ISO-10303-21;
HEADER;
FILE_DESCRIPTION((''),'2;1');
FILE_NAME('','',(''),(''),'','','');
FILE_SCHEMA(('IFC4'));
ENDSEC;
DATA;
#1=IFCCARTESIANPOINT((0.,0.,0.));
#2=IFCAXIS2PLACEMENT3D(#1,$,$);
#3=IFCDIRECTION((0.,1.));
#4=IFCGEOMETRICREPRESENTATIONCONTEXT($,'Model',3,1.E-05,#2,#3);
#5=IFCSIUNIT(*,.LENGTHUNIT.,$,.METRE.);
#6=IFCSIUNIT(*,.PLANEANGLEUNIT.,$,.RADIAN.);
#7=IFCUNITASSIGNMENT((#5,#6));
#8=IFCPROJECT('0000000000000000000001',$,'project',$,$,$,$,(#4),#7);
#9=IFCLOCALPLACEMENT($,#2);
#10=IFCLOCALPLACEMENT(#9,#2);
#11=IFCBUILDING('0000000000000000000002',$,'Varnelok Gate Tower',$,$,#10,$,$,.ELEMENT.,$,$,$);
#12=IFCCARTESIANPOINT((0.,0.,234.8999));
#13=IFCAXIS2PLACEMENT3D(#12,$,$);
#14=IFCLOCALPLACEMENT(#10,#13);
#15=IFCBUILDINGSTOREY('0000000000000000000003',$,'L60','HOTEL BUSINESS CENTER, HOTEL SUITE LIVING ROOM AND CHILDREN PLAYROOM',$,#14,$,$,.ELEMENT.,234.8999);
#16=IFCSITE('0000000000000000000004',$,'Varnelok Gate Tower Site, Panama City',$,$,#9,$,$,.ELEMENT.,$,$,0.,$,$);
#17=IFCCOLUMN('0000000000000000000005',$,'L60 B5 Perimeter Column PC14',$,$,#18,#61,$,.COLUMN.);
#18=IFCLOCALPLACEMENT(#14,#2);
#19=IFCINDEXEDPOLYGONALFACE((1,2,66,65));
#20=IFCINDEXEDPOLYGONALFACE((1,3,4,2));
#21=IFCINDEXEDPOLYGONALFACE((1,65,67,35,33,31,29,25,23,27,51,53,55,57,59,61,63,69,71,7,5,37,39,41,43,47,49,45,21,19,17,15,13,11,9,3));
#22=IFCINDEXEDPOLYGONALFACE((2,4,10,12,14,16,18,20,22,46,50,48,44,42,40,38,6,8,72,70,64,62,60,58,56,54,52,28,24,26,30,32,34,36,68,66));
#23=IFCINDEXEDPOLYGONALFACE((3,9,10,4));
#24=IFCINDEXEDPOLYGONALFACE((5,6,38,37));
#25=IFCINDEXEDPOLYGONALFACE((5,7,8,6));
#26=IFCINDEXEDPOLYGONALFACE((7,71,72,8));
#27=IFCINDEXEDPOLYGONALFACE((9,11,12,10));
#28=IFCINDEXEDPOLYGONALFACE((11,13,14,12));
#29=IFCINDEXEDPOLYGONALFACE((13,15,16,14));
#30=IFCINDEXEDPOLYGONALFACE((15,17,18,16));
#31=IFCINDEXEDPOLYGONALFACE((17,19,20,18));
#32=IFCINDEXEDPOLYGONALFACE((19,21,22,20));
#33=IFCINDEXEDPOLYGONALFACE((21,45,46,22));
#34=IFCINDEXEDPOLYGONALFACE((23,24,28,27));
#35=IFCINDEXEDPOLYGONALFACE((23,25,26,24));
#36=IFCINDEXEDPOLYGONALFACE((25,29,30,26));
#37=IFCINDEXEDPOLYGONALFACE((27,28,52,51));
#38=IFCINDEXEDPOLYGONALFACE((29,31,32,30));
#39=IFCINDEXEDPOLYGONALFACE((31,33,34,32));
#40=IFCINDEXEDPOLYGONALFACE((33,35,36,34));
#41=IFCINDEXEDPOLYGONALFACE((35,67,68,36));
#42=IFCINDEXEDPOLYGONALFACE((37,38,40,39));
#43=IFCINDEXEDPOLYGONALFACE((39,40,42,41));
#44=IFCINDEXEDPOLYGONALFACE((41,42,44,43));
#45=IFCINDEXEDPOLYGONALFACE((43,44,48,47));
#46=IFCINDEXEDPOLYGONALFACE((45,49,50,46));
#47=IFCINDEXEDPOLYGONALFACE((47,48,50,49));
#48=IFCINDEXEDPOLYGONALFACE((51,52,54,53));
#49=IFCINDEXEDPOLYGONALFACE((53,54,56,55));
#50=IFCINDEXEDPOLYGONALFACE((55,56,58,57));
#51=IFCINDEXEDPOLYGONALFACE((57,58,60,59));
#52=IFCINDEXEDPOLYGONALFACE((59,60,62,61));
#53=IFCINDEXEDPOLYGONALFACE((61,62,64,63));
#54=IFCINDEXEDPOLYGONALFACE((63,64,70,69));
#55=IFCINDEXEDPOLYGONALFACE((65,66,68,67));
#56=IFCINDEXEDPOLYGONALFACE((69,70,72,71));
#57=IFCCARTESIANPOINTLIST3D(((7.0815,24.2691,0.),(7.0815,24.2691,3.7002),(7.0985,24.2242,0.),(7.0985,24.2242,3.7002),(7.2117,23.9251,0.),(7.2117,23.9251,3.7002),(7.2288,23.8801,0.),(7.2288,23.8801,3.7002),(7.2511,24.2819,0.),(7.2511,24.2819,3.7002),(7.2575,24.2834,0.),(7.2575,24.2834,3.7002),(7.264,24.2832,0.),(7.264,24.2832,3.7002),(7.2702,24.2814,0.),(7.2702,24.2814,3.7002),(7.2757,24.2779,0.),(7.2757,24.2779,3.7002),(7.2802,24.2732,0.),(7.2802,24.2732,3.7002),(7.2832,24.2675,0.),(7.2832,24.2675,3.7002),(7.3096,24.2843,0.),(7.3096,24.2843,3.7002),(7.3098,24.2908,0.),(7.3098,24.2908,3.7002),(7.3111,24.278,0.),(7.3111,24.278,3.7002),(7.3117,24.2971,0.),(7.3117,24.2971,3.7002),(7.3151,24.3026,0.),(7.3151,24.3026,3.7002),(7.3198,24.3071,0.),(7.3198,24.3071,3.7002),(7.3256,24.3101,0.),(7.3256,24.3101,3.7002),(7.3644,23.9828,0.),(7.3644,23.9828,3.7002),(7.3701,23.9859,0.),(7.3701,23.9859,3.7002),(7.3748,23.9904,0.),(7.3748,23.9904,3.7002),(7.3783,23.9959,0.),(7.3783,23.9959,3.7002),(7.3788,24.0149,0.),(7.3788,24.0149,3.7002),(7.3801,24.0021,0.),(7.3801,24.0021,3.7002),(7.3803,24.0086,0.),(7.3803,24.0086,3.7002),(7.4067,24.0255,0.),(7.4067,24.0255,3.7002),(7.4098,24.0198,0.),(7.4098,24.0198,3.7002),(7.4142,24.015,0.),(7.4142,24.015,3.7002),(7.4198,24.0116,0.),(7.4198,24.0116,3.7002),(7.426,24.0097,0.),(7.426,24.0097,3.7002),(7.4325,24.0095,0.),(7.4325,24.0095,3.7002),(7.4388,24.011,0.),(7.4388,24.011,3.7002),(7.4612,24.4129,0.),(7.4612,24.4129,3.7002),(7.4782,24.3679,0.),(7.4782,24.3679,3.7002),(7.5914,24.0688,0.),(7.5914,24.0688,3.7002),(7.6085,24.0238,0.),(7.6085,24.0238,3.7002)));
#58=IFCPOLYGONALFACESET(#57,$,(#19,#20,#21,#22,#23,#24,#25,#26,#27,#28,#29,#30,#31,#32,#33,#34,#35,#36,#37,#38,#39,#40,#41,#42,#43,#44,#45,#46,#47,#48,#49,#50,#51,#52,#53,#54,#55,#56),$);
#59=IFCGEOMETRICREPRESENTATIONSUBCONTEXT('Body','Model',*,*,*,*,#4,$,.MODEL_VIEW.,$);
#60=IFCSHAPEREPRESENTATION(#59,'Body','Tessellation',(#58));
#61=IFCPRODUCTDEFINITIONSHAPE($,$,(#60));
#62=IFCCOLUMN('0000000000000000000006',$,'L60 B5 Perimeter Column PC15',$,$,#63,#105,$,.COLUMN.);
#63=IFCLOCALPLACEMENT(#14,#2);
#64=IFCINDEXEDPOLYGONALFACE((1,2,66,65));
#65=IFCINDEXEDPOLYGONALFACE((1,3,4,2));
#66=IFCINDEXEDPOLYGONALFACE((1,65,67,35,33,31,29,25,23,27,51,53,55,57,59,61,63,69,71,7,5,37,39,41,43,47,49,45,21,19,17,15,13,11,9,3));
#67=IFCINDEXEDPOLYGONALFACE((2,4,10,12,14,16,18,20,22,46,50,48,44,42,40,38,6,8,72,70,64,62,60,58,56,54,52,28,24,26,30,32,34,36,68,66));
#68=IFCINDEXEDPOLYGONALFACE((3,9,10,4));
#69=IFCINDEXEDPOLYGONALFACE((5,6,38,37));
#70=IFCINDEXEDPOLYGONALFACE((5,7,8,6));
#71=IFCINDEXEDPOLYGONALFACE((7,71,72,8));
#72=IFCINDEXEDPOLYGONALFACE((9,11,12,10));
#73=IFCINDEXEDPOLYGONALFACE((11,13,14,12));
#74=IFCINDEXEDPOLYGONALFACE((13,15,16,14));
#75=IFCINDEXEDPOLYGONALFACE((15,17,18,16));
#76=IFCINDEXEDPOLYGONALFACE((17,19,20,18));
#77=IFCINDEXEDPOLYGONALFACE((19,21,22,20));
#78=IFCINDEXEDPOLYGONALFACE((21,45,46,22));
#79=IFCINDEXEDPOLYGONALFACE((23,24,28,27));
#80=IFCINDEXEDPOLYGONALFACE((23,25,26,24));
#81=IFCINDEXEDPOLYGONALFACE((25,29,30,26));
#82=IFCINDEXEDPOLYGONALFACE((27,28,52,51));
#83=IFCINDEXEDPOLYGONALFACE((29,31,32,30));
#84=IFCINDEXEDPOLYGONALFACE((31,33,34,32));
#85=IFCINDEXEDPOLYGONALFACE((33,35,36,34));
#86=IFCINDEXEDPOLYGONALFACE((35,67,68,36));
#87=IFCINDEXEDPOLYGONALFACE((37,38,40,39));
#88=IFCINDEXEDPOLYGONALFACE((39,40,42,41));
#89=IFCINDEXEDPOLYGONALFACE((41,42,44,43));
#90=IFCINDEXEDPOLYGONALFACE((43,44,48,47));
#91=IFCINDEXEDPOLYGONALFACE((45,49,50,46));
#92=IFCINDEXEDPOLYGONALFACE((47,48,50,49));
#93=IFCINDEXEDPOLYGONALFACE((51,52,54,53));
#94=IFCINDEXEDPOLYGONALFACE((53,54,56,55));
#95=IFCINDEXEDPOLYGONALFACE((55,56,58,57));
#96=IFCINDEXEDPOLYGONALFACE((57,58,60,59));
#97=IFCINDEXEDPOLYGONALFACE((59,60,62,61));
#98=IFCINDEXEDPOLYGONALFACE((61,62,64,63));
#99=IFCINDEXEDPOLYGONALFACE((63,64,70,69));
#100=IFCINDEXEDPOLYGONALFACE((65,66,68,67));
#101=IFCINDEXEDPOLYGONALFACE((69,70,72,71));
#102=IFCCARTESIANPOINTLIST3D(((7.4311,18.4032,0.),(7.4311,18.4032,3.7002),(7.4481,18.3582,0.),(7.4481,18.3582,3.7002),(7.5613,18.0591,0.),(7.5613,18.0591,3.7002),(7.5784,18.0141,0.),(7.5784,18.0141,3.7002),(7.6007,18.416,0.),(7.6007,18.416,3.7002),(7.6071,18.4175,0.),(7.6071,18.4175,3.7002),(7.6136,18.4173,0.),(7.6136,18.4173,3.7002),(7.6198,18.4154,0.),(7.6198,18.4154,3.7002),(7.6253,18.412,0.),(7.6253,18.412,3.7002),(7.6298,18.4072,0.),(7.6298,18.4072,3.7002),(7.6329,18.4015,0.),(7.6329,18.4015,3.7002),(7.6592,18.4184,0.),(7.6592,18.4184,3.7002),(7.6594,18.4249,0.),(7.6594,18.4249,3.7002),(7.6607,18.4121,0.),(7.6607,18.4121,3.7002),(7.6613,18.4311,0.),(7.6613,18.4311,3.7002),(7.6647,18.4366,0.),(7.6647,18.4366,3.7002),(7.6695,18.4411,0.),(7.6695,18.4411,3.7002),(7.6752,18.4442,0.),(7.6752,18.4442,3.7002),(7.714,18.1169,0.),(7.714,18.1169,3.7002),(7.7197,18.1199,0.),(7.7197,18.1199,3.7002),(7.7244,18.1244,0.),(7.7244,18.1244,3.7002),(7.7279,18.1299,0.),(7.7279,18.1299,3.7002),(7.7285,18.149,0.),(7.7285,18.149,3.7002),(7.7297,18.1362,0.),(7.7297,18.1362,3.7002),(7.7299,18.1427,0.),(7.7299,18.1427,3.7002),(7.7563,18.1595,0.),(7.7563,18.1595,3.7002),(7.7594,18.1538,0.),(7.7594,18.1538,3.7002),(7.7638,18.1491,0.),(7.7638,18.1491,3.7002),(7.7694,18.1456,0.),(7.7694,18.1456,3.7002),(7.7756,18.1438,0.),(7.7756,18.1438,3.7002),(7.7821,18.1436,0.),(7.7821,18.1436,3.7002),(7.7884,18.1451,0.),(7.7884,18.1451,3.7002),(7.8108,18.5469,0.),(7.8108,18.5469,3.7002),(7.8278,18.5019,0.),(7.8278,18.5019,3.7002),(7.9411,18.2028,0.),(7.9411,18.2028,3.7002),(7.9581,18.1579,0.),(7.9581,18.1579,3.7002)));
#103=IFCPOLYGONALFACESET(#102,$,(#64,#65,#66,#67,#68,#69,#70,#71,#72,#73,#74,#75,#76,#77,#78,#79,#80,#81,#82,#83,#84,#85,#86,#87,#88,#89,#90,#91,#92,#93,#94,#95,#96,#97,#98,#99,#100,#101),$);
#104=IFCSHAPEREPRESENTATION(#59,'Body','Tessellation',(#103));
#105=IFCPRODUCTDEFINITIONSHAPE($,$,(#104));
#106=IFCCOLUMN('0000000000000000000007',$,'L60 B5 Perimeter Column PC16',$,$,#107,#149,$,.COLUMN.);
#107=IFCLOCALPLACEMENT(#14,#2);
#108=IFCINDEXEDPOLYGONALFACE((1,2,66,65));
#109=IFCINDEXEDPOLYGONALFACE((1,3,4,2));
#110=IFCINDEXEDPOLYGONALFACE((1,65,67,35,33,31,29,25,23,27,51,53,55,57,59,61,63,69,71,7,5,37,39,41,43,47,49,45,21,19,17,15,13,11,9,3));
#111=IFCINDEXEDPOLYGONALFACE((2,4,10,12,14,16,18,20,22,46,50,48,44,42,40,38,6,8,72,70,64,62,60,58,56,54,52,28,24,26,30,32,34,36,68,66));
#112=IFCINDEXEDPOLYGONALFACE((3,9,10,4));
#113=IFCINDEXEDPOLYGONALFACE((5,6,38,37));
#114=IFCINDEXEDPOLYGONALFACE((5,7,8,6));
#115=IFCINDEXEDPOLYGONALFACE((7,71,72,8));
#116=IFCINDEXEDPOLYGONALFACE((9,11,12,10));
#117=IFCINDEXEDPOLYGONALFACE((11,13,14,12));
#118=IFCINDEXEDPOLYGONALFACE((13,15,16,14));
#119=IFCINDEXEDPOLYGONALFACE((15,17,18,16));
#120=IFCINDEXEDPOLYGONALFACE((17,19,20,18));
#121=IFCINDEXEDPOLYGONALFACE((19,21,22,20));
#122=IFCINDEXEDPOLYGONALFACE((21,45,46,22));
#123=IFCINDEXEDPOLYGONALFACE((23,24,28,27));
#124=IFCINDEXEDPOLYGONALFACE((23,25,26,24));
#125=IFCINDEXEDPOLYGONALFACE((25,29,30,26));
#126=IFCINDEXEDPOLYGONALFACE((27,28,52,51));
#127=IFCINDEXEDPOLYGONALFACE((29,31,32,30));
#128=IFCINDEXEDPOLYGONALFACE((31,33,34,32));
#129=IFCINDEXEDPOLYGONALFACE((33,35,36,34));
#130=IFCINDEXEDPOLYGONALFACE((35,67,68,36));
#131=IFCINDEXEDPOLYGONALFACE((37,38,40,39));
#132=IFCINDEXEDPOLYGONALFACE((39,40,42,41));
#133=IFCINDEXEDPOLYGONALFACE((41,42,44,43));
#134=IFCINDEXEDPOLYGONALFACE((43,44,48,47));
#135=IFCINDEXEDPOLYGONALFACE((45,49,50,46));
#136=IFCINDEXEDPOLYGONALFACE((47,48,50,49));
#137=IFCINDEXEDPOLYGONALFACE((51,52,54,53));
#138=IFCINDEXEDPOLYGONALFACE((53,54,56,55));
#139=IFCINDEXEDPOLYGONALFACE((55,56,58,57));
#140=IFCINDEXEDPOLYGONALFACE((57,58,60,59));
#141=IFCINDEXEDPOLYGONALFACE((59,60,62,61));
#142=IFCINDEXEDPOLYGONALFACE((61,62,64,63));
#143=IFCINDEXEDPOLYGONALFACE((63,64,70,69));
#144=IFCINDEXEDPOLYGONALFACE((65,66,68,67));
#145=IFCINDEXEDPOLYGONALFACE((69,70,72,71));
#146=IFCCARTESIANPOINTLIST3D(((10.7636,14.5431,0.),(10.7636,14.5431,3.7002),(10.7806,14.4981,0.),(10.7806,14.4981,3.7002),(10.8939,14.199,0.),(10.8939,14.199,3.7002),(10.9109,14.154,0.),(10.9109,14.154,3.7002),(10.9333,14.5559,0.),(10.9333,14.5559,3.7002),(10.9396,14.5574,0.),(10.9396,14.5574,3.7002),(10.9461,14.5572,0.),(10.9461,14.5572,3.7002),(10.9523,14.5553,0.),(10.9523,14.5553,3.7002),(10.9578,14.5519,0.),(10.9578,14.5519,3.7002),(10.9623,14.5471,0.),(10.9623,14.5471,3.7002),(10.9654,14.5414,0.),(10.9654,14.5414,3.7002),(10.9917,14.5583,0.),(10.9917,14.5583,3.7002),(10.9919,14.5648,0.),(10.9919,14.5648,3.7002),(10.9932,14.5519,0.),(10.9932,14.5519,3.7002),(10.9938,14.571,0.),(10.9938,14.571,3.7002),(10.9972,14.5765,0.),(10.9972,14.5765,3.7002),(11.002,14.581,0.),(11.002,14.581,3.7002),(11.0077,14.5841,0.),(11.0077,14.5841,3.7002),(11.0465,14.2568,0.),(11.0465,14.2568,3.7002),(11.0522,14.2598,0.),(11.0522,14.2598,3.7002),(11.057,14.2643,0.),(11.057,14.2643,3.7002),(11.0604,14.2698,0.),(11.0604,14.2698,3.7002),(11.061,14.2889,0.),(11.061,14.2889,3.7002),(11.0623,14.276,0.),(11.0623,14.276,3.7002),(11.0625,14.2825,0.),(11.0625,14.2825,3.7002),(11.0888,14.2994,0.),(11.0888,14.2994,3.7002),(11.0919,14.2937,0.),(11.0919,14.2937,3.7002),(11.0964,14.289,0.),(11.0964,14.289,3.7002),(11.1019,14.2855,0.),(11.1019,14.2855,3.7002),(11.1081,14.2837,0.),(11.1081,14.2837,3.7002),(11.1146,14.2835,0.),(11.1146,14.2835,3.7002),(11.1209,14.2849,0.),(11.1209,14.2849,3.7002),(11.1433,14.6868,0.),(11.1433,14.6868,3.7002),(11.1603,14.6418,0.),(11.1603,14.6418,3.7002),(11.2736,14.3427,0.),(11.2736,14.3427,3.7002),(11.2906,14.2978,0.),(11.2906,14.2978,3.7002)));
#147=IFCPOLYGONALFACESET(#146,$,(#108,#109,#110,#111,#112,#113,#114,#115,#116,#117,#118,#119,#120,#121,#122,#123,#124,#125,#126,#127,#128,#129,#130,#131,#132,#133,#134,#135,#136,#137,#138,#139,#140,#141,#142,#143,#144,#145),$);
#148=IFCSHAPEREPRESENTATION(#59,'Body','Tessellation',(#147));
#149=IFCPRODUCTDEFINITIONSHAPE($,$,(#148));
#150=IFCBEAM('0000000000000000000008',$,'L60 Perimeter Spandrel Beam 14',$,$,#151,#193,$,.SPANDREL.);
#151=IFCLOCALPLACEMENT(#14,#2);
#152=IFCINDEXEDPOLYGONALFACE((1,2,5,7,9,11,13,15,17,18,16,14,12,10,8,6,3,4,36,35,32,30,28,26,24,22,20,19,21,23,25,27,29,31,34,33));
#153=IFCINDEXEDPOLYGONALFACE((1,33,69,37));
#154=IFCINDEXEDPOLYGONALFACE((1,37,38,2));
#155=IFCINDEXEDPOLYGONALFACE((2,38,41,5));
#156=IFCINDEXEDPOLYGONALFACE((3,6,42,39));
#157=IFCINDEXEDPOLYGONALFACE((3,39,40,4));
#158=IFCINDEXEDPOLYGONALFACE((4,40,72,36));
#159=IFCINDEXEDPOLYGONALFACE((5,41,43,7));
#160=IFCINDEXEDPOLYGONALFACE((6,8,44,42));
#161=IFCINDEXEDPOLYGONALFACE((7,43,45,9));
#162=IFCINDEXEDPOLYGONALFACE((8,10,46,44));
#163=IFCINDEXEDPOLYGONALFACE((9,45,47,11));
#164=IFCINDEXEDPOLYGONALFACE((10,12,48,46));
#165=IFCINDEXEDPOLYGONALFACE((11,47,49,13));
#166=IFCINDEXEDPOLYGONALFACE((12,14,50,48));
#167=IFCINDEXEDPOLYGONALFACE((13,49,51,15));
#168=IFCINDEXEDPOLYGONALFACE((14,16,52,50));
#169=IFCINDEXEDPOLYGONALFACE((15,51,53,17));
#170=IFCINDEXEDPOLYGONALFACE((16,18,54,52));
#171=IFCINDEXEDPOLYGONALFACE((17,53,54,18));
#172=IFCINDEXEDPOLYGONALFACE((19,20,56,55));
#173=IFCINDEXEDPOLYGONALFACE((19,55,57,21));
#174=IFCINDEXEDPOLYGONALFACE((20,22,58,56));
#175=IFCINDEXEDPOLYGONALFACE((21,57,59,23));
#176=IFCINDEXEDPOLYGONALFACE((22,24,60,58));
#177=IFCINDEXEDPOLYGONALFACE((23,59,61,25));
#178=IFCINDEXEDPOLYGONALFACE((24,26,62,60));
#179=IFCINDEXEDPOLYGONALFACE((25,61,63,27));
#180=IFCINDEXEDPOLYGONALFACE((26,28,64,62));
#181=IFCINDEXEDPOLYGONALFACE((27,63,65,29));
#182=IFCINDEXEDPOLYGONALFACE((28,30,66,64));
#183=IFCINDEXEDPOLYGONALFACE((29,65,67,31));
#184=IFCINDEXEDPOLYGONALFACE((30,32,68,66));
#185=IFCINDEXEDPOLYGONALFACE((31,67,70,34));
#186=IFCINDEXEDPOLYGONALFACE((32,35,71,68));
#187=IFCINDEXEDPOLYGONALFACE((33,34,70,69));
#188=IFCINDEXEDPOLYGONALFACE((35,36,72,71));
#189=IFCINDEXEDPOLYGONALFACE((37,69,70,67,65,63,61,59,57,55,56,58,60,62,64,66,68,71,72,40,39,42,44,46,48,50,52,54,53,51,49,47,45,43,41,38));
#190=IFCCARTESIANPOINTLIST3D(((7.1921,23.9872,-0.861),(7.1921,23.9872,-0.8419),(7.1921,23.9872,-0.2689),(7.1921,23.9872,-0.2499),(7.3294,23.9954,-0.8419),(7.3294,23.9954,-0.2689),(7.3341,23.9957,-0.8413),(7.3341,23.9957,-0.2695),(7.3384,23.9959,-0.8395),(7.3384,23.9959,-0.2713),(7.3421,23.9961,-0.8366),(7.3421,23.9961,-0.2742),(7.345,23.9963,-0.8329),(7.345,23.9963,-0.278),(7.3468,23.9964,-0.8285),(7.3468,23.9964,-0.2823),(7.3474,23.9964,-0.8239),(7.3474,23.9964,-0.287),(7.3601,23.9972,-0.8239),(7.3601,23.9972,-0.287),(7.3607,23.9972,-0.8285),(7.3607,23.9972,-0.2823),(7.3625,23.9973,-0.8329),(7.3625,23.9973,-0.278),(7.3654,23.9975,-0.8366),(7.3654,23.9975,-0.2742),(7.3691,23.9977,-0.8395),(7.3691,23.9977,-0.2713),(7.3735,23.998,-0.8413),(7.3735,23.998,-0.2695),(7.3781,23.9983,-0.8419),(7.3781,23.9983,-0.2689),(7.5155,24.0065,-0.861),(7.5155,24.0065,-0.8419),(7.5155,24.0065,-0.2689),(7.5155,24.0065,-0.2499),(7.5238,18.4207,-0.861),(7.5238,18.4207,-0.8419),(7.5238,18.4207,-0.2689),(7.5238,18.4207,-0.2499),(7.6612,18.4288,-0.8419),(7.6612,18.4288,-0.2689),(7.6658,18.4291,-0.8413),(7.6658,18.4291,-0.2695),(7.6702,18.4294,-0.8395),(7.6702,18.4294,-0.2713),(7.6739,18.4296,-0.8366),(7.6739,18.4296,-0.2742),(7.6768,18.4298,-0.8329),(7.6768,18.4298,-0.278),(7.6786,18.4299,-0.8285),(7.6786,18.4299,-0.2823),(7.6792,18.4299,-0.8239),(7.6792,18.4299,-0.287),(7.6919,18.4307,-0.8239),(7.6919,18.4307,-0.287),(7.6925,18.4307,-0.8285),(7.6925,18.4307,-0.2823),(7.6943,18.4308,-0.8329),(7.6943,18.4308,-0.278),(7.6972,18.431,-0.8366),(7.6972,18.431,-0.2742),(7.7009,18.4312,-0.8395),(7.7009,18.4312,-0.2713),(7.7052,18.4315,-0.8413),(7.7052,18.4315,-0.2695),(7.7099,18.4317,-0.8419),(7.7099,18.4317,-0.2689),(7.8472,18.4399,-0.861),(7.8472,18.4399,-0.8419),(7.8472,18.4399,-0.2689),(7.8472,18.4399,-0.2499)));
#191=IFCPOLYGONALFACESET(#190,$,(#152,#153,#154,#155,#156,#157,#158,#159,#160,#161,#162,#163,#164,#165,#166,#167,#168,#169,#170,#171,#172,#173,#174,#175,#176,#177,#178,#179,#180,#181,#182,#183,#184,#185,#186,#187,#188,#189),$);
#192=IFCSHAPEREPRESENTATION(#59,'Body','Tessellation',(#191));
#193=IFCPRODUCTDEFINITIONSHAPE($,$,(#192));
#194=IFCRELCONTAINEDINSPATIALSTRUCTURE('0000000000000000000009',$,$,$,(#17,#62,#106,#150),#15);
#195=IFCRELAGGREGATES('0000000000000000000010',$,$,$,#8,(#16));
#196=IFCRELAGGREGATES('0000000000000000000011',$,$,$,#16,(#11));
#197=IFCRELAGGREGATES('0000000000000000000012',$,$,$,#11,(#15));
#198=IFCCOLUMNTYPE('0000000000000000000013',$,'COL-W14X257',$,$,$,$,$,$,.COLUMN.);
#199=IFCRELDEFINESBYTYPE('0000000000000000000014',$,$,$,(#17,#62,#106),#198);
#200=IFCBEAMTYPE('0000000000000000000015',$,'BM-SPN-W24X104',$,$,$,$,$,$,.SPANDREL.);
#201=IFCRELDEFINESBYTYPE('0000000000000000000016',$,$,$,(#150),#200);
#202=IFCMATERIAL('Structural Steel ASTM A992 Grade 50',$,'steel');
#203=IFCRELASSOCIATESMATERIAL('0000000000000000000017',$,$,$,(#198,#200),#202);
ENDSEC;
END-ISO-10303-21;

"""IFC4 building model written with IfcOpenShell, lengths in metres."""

from ifc_helpers import new_model, si_unit, direction, frame, origin, origin_2d, place, context, subcontext, project, spatial, i_section, extrude, material, material_profile, profile_set, type_object, element, save


model = new_model("IFC4")

# Units and contexts
model_context = context("Model", 3, precision=1e-05, world=origin(), true_north=direction((0.0, 1.0)))
body_context = subcontext(model_context, "Body", "Model", "MODEL_VIEW")
ifc_project = project(units=[si_unit("LENGTHUNIT", "METRE"), si_unit("PLANEANGLEUNIT", "RADIAN")], contexts=[model_context])

# Site, building, storey
site_placement = place(None, origin())
site = spatial("IfcSite", under=ifc_project, at=site_placement, Name="Varnelok Gate Tower Site, Panama City", CompositionType="ELEMENT", RefElevation=0.0)
building_placement = place(site_placement, origin())
building = spatial("IfcBuilding", under=site, at=building_placement, Name="Varnelok Gate Tower", CompositionType="ELEMENT")
storey_placement = place(building_placement, frame((0.0, 0.0, 234.8999)))
storey = spatial("IfcBuildingStorey", under=building, at=storey_placement, Name="L60", Description="HOTEL BUSINESS CENTER, HOTEL SUITE LIVING ROOM AND CHILDREN PLAYROOM", CompositionType="ELEMENT", Elevation=234.8999)

# Columns
ifc_material_1 = material(Name="Structural Steel ASTM A992 Grade 50", Category="steel")
ifc_material_profile_1 = material_profile(ifc_material_1, i_section(OverallWidth=0.406, OverallDepth=0.416, WebThickness=0.0298, FlangeThickness=0.0481, FilletRadius=0.0249, at=origin_2d()), Name="W14X257")
ifc_profile_set_1 = profile_set([ifc_material_profile_1], Name="Structural Steel ASTM A992 Grade 50")
column_type = type_object("IfcColumnType", Name="COL-W14X257", PredefinedType="COLUMN", material=ifc_profile_set_1)
for number, where, z_axis, x_axis, name in (
    (1, (7.345, 24.1465, 0.0), (0.0, 0.0, 1.0), (0.935222, 0.354063, 0.0), "L60 B5 Perimeter Column PC14"),
    (2, (7.6946, 18.2805, 0.0), (0.0, 0.0, 1.0), (0.935222, 0.354063, 0.0), "L60 B5 Perimeter Column PC15"),
    (3, (11.0271, 14.4204, 0.0), (0.0, 0.0, 1.0), (0.935222, 0.354063, 0.0), "L60 B5 Perimeter Column PC16"),
):
    element("IfcColumn", number, at=place(storey_placement, frame(where, z_axis=z_axis, x_axis=x_axis)), inside=storey, type_object=column_type, Name=name, PredefinedType="COLUMN", context=body_context, shape_type="SweptSolid", body=[
        extrude(i_section(OverallWidth=0.406, OverallDepth=0.416, WebThickness=0.0298, FlangeThickness=0.0481, FilletRadius=0.0249, at=origin_2d()), origin(), (0.0, 0.0, 1.0), 3.7002),
    ])

# Beam
ifc_material_profile_2 = material_profile(ifc_material_1, i_section(OverallWidth=0.324, OverallDepth=0.6111, WebThickness=0.0127, FlangeThickness=0.019, FilletRadius=0.0181, at=origin_2d()), Name="W24X104")
ifc_profile_set_2 = profile_set([ifc_material_profile_2], Name="Structural Steel ASTM A992 Grade 50")
beam_type = type_object("IfcBeamType", Name="BM-SPN-W24X104", PredefinedType="SPANDREL", material=ifc_profile_set_2)
beam_1_placement = place(storey_placement, frame((7.3538, 23.9968, -0.5554), z_axis=(0.059497, -0.998228, 0.0), x_axis=(0.998228, 0.059497, 0.0)))
element("IfcBeam", 4, at=beam_1_placement, inside=storey, type_object=beam_type, Name="L60 Perimeter Spandrel Beam 14", PredefinedType="SPANDREL", context=body_context, shape_type="SweptSolid", body=[
    extrude(i_section(OverallWidth=0.324, OverallDepth=0.6111, WebThickness=0.0127, FlangeThickness=0.019, FilletRadius=0.0181, at=origin_2d()), origin(), (0.0, 0.0, 1.0), 5.5764),
])

save(model, "model.ifc")
